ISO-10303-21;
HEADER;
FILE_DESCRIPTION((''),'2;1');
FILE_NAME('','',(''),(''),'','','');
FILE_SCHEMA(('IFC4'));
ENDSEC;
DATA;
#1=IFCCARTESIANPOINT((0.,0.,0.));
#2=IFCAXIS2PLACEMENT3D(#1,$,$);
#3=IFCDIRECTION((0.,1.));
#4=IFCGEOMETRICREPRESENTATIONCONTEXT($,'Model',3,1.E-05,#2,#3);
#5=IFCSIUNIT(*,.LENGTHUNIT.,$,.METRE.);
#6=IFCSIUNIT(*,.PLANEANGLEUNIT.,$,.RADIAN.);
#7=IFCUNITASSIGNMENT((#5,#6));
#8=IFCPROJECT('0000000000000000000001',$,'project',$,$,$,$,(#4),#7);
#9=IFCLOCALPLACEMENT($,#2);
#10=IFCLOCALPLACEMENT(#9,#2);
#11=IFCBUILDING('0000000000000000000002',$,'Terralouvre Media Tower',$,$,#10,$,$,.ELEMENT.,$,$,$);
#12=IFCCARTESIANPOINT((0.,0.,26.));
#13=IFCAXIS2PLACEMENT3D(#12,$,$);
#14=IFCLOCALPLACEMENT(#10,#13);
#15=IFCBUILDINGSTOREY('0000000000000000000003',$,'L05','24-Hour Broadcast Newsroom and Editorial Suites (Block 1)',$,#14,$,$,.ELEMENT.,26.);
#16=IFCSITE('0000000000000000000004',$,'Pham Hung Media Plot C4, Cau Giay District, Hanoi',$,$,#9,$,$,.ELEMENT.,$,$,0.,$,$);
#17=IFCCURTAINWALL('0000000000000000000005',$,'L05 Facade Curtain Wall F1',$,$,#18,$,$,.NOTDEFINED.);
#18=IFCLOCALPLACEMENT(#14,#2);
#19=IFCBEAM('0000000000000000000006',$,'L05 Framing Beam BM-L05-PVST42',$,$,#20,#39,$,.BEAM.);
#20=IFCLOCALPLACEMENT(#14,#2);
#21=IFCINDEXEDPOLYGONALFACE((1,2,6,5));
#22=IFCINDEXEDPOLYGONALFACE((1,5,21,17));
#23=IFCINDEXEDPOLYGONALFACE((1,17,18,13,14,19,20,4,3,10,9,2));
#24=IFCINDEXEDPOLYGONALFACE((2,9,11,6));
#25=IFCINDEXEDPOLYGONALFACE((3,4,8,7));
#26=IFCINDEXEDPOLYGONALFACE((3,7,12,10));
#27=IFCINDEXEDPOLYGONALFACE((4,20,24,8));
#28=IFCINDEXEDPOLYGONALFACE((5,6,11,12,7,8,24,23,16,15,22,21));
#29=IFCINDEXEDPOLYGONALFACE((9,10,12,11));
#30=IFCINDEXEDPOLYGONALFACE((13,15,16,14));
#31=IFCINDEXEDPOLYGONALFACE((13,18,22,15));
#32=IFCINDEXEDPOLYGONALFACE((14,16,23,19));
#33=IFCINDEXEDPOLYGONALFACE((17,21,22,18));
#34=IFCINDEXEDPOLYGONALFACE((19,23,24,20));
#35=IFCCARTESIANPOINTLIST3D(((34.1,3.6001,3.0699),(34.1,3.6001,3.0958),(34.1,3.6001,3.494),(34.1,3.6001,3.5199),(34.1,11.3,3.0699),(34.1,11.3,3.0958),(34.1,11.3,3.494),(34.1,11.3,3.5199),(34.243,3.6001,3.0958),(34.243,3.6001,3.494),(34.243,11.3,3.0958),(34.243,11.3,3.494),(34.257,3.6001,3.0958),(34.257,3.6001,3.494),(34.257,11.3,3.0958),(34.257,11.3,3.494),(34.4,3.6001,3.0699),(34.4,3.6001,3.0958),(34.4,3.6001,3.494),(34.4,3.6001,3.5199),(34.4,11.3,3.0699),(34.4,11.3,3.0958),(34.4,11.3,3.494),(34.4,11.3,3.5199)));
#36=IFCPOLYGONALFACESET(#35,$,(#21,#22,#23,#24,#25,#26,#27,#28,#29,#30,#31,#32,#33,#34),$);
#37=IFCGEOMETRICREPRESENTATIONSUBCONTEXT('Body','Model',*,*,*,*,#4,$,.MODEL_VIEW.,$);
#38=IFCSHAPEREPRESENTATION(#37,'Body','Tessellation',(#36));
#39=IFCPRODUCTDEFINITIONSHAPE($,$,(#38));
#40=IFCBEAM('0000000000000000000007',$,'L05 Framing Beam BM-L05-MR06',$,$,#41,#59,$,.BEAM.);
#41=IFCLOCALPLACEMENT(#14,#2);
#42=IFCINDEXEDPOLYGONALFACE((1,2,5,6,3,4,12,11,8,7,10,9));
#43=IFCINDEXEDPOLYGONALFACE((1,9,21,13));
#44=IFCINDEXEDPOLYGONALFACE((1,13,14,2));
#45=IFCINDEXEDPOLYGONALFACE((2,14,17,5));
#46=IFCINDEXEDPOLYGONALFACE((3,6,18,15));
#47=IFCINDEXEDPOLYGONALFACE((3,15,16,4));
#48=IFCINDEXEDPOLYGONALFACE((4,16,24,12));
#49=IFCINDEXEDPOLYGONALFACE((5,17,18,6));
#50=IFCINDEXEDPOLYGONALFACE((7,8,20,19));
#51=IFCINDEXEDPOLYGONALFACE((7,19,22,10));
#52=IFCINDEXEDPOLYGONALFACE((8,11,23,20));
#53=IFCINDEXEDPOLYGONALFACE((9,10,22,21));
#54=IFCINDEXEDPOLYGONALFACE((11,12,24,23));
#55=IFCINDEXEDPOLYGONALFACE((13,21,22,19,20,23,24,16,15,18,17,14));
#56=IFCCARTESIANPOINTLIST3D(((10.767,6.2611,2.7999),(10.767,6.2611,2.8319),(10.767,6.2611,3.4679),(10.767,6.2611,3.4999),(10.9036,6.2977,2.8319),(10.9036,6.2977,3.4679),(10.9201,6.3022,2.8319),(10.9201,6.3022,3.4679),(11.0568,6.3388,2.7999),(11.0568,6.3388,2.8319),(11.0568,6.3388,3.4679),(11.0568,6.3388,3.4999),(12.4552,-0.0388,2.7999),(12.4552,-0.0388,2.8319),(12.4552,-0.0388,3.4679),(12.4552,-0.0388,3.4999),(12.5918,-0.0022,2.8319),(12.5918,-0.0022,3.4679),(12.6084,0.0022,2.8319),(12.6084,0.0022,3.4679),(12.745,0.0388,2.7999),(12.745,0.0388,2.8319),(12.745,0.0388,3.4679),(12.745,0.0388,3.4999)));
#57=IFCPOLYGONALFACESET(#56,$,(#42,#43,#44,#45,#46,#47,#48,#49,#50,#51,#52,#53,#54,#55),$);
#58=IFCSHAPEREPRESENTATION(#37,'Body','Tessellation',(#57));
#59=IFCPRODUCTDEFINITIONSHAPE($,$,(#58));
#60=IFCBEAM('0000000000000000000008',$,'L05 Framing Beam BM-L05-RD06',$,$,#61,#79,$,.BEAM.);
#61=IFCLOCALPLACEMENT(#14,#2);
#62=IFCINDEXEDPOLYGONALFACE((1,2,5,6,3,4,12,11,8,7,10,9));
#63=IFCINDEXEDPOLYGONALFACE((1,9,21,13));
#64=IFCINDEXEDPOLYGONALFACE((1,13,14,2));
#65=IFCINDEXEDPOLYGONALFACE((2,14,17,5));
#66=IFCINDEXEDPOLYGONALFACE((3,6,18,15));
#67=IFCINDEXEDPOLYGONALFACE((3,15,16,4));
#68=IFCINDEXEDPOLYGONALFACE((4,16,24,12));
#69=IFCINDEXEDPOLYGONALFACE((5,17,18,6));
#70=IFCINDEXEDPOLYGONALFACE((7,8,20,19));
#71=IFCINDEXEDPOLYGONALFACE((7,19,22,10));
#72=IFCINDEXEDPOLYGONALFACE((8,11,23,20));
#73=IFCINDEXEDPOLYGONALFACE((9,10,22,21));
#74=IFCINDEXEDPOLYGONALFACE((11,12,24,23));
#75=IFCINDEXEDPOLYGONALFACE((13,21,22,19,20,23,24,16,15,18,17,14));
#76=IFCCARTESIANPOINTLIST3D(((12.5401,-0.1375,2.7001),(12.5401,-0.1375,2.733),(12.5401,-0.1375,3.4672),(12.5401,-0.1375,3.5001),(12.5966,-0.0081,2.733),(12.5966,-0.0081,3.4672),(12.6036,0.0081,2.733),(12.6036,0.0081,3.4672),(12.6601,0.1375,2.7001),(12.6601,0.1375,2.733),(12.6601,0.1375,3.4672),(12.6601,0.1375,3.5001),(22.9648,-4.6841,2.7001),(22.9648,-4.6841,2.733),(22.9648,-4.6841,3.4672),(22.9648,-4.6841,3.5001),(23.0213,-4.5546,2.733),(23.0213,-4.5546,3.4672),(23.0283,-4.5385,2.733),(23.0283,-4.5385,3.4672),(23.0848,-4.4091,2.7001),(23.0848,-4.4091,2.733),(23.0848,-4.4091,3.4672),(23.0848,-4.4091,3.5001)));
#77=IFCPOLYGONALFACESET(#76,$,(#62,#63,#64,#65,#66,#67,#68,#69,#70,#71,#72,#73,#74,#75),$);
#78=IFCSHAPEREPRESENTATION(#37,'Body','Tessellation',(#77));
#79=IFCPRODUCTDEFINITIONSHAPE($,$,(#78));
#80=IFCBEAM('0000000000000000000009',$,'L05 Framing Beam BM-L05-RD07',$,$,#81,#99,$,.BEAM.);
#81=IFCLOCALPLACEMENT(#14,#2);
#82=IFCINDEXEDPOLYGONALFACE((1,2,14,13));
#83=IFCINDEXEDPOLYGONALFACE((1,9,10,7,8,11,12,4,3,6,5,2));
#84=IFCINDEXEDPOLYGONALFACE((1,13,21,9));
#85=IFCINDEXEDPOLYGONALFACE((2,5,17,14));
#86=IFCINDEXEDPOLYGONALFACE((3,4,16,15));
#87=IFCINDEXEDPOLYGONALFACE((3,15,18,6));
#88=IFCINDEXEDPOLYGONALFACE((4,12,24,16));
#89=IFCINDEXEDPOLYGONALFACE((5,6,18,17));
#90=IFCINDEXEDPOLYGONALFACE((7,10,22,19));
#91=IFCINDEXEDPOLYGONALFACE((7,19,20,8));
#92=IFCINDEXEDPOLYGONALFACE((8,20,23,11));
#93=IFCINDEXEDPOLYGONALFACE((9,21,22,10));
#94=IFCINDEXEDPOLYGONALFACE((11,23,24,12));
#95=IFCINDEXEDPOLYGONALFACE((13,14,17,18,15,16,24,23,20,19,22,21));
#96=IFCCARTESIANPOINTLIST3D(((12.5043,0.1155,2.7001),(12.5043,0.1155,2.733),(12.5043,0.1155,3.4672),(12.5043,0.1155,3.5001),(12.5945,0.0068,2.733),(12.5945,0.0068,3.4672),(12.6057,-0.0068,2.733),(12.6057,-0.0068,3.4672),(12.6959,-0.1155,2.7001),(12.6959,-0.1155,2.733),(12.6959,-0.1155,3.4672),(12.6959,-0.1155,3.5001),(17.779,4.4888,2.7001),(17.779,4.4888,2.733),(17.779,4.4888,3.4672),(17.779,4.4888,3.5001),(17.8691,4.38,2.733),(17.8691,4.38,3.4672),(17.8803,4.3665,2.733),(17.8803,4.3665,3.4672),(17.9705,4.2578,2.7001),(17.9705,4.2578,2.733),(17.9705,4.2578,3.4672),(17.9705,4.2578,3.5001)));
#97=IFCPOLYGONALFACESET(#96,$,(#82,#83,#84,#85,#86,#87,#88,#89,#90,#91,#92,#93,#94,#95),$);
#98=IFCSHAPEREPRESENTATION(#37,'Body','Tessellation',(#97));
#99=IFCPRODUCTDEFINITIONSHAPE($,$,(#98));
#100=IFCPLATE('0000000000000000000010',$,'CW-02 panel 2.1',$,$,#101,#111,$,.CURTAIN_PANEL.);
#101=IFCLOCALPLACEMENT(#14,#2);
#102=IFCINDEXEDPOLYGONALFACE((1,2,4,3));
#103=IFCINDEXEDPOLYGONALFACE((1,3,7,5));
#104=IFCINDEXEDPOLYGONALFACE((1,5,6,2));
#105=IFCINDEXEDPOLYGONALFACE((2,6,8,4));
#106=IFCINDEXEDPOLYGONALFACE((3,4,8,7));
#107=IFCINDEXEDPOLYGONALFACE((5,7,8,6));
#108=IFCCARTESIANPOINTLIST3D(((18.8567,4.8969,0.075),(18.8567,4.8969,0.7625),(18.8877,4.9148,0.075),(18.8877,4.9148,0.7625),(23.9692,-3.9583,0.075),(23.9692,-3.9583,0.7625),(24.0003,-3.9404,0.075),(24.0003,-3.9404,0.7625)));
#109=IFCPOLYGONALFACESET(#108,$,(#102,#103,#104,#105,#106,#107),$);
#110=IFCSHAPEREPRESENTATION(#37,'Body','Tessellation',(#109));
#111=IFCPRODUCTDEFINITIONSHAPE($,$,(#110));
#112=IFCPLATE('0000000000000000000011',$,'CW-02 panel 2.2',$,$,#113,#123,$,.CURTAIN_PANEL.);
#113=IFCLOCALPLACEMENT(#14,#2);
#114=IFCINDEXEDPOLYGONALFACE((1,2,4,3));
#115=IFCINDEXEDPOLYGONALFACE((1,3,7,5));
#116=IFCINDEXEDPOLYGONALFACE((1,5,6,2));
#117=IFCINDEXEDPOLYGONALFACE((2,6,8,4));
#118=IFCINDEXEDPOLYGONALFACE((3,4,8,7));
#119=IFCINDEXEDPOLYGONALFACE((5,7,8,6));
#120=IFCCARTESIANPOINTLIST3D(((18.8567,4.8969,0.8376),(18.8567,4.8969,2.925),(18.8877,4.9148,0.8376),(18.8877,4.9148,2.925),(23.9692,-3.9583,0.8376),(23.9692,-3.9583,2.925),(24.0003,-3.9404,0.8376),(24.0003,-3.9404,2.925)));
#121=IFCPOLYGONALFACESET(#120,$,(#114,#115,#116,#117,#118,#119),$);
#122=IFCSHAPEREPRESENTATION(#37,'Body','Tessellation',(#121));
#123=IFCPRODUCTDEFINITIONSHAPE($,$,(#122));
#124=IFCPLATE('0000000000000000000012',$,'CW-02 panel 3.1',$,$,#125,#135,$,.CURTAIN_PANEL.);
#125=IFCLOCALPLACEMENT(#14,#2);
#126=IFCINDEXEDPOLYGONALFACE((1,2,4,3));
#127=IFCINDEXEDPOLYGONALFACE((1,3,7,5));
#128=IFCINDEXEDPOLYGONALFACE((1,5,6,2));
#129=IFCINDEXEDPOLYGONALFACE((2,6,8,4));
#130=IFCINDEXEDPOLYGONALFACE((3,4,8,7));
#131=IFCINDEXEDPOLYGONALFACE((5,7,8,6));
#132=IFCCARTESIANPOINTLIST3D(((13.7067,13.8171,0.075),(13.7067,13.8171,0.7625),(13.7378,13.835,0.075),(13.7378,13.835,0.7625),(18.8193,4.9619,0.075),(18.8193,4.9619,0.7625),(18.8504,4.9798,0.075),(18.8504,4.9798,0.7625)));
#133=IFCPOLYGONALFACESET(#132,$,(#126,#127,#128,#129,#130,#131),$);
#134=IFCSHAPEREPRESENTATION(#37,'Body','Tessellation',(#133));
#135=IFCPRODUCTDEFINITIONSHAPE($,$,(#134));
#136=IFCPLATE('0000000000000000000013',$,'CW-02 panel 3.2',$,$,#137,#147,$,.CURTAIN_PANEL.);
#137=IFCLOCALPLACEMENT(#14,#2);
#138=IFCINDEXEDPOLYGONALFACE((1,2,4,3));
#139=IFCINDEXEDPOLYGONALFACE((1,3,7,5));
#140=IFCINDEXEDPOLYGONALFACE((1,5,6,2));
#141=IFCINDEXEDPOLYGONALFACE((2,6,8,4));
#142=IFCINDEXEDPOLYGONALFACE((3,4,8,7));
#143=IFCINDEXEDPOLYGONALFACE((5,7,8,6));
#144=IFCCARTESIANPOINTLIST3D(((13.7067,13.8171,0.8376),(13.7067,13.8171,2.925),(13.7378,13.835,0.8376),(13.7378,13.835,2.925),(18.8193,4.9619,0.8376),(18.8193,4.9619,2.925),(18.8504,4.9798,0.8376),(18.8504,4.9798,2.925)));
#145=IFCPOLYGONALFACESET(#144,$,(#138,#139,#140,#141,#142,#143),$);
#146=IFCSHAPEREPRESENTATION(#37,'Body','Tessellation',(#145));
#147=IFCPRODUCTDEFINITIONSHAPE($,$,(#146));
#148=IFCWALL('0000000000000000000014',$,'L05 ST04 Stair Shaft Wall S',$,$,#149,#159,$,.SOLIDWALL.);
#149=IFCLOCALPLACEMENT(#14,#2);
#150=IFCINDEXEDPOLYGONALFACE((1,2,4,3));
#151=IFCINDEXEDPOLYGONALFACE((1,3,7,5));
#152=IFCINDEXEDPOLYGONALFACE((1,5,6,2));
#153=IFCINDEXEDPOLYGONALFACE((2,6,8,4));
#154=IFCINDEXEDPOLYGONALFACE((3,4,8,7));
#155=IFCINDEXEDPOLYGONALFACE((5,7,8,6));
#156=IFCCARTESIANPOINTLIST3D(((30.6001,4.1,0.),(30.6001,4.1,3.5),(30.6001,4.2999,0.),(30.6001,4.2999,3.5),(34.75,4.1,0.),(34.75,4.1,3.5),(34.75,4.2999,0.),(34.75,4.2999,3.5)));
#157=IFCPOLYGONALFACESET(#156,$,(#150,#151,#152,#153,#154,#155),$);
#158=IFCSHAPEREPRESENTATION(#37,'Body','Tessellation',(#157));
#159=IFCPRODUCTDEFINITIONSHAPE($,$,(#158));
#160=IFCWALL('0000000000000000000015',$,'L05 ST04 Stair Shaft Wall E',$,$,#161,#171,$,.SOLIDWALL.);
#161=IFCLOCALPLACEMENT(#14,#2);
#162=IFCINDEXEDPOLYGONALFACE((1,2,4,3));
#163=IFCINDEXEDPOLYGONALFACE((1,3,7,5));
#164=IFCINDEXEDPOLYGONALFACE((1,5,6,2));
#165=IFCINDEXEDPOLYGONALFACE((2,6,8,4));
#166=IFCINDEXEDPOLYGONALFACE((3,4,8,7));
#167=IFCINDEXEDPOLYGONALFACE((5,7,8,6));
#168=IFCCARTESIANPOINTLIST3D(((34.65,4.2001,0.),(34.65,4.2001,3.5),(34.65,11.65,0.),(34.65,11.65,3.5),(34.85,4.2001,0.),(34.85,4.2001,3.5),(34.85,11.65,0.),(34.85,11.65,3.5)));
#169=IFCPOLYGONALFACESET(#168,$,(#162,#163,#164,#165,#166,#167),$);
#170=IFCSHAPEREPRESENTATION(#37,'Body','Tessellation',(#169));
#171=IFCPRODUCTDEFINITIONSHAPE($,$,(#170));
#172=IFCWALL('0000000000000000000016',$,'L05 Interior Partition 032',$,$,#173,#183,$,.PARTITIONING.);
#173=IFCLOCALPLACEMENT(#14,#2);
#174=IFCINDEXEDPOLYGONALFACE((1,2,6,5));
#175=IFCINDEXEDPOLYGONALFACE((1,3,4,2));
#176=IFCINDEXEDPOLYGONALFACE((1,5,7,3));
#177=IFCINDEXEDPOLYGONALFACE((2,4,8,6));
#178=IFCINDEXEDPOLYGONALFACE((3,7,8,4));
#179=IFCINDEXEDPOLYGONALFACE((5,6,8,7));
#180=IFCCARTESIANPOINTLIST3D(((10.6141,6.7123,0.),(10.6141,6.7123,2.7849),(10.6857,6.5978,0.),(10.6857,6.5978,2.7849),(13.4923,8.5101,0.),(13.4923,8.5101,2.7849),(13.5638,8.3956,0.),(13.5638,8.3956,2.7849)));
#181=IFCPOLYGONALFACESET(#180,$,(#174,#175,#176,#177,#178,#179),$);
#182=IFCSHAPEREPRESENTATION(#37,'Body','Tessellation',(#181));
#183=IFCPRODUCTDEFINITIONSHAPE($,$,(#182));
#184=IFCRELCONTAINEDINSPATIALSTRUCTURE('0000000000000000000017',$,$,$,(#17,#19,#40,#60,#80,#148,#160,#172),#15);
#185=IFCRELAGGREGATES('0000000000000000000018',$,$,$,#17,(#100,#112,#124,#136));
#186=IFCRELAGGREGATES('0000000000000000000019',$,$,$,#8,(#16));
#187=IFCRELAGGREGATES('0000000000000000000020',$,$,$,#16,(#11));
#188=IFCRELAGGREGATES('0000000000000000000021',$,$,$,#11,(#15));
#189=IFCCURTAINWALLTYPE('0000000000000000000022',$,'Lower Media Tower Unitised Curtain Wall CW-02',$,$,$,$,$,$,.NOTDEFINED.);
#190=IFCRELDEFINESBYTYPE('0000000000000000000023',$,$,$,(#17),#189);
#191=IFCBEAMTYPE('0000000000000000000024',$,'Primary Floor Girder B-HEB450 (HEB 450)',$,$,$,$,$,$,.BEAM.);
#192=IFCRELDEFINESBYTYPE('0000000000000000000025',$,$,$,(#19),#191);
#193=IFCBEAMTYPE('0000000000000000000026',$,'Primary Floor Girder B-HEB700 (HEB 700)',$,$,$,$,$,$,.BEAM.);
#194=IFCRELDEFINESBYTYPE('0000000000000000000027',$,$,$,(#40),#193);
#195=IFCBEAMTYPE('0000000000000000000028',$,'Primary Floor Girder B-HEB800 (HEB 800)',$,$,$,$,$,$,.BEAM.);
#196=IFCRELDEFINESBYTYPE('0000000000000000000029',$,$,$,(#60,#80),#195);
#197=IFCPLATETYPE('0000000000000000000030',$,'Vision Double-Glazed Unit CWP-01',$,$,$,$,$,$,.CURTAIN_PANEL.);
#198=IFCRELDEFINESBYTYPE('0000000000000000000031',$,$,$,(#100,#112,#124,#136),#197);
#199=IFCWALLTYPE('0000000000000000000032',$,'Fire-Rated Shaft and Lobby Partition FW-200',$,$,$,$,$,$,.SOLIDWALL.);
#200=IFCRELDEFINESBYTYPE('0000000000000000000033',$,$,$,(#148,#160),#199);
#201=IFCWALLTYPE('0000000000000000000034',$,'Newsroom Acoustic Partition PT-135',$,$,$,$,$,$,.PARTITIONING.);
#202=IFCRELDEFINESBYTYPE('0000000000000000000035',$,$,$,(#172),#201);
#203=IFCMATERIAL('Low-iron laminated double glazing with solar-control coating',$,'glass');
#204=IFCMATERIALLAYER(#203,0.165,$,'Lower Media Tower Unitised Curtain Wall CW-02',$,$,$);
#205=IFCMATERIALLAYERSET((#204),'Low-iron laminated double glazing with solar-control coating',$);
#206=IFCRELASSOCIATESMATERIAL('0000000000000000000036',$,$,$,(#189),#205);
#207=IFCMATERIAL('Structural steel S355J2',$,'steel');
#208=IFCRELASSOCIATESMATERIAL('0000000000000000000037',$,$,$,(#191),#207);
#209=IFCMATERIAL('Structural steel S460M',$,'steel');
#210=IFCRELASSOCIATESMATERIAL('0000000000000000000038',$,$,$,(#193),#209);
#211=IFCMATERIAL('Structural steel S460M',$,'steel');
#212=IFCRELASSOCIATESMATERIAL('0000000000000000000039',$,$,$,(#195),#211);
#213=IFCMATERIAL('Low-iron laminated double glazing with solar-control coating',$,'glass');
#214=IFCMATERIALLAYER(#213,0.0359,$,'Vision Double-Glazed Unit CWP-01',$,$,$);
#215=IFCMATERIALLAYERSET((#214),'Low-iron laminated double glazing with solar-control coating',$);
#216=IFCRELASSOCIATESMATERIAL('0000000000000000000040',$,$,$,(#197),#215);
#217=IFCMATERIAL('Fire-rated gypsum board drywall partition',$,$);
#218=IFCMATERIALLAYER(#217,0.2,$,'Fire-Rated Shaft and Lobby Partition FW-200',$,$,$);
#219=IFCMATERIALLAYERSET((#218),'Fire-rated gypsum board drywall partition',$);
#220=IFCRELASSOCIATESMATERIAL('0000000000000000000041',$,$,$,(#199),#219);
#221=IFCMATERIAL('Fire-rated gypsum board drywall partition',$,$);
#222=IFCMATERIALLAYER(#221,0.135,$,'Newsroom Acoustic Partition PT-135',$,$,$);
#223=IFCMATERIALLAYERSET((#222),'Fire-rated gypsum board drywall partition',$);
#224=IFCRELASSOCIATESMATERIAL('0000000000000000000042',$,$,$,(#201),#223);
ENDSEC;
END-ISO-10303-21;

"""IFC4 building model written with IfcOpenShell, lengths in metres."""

from ifc_helpers import new_model, si_unit, direction, frame, frame_2d, origin, origin_2d, place, context, subcontext, project, spatial, rectangle, i_section, extrude, material, layer, layer_set, material_profile, profile_set, type_object, element, aggregate, save


model = new_model("IFC4")

# Units and contexts
model_context = context("Model", 3, precision=1e-05, world=origin(), true_north=direction((0.0, 1.0)))
body_context = subcontext(model_context, "Body", "Model", "MODEL_VIEW")
ifc_project = project(units=[si_unit("LENGTHUNIT", "METRE"), si_unit("PLANEANGLEUNIT", "RADIAN")], contexts=[model_context])

# Site, building, storey
site_placement = place(None, origin())
site = spatial("IfcSite", under=ifc_project, at=site_placement, Name="Pham Hung Media Plot C4, Cau Giay District, Hanoi", CompositionType="ELEMENT", RefElevation=0.0)
building_placement = place(site_placement, origin())
building = spatial("IfcBuilding", under=site, at=building_placement, Name="Terralouvre Media Tower", CompositionType="ELEMENT")
storey_placement = place(building_placement, frame((0.0, 0.0, 26.0)))
storey = spatial("IfcBuildingStorey", under=building, at=storey_placement, Name="L05", Description="24-Hour Broadcast Newsroom and Editorial Suites (Block 1)", CompositionType="ELEMENT", Elevation=26.0)

# Curtain wall
ifc_material_1 = material(Name="Low-iron laminated double glazing with solar-control coating", Category="glass")
ifc_layer_1 = layer(ifc_material_1, 0.165, Name="Lower Media Tower Unitised Curtain Wall CW-02")
ifc_layer_set_1 = layer_set([ifc_layer_1], Name="Low-iron laminated double glazing with solar-control coating")
curtain_wall_type = type_object("IfcCurtainWallType", Name="Lower Media Tower Unitised Curtain Wall CW-02", PredefinedType="NOTDEFINED", material=ifc_layer_set_1)
curtain_wall_placement = place(storey_placement, origin())
curtain_wall = element("IfcCurtainWall", 1, at=curtain_wall_placement, inside=storey, type_object=curtain_wall_type, Name="L05 Facade Curtain Wall F1", PredefinedType="NOTDEFINED")

# Beams
ifc_material_2 = material(Name="Structural steel S355J2", Category="steel")
ifc_material_profile_1 = material_profile(ifc_material_2, i_section(OverallWidth=0.3, OverallDepth=0.45, WebThickness=0.0139, FlangeThickness=0.0259, at=origin_2d()), Name="HEB 450")
ifc_profile_set_1 = profile_set([ifc_material_profile_1], Name="Structural steel S355J2")
beam_type_1 = type_object("IfcBeamType", Name="Primary Floor Girder B-HEB450 (HEB 450)", PredefinedType="BEAM", material=ifc_profile_set_1)
beam_1_placement = place(storey_placement, frame((34.25, 3.6001, 3.2949), z_axis=(0.0, 1.0, 0.0), x_axis=(-1.0, 0.0, 0.0)))
element("IfcBeam", 2, at=beam_1_placement, inside=storey, type_object=beam_type_1, Name="L05 Framing Beam BM-L05-PVST42", PredefinedType="BEAM", context=body_context, shape_type="SweptSolid", body=[
    extrude(i_section(OverallWidth=0.3, OverallDepth=0.45, WebThickness=0.0139, FlangeThickness=0.0259, at=origin_2d()), origin(), (0.0, 0.0, 1.0), 7.7),
])
ifc_material_3 = material(Name="Structural steel S460M", Category="steel")
ifc_material_profile_2 = material_profile(ifc_material_3, i_section(OverallWidth=0.3, OverallDepth=0.7, WebThickness=0.0171, FlangeThickness=0.032, at=origin_2d()), Name="HEB 700")
ifc_profile_set_2 = profile_set([ifc_material_profile_2], Name="Structural steel S460M")
beam_type_2 = type_object("IfcBeamType", Name="Primary Floor Girder B-HEB700 (HEB 700)", PredefinedType="BEAM", material=ifc_profile_set_2)
beam_2_placement = place(storey_placement, frame((12.6001, 0.0, 3.1499), z_axis=(-0.258839, 0.96592, 0.0), x_axis=(-0.96592, -0.258839, 0.0)))
element("IfcBeam", 3, at=beam_2_placement, inside=storey, type_object=beam_type_2, Name="L05 Framing Beam BM-L05-MR06", PredefinedType="BEAM", context=body_context, shape_type="SweptSolid", body=[
    extrude(i_section(OverallWidth=0.3, OverallDepth=0.7, WebThickness=0.0171, FlangeThickness=0.032, at=origin_2d()), origin(), (0.0, 0.0, 1.0), 6.5222),
])
ifc_material_4 = material(Name="Structural steel S460M", Category="steel")
ifc_material_profile_3 = material_profile(ifc_material_4, i_section(OverallWidth=0.3, OverallDepth=0.8, WebThickness=0.0176, FlangeThickness=0.033, at=origin_2d()), Name="HEB 800")
ifc_profile_set_3 = profile_set([ifc_material_profile_3], Name="Structural steel S460M")
beam_type_3 = type_object("IfcBeamType", Name="Primary Floor Girder B-HEB800 (HEB 800)", PredefinedType="BEAM", material=ifc_profile_set_3)
beam_3_placement = place(storey_placement, frame((12.6001, 0.0, 3.1001), z_axis=(0.916616, -0.399769, 0.0), x_axis=(0.399769, 0.916616, 0.0)))
element("IfcBeam", 4, at=beam_3_placement, inside=storey, type_object=beam_type_3, Name="L05 Framing Beam BM-L05-RD06", PredefinedType="BEAM", context=body_context, shape_type="SweptSolid", body=[
    extrude(i_section(OverallWidth=0.3, OverallDepth=0.8, WebThickness=0.0176, FlangeThickness=0.033, at=origin_2d()), origin(), (0.0, 0.0, 1.0), 11.373),
])
beam_4_placement = place(storey_placement, frame((12.6001, 0.0, 3.1001), z_axis=(0.769816, 0.638265, 0.0), x_axis=(-0.638265, 0.769816, 0.0)))
element("IfcBeam", 5, at=beam_4_placement, inside=storey, type_object=beam_type_3, Name="L05 Framing Beam BM-L05-RD07", PredefinedType="BEAM", context=body_context, shape_type="SweptSolid", body=[
    extrude(i_section(OverallWidth=0.3, OverallDepth=0.8, WebThickness=0.0176, FlangeThickness=0.033, at=origin_2d()), origin(), (0.0, 0.0, 1.0), 6.8518),
])

# Plates
ifc_material_5 = material(Name="Low-iron laminated double glazing with solar-control coating", Category="glass")
ifc_layer_2 = layer(ifc_material_5, 0.0359, Name="Vision Double-Glazed Unit CWP-01")
ifc_layer_set_2 = layer_set([ifc_layer_2], Name="Low-iron laminated double glazing with solar-control coating")
plate_type = type_object("IfcPlateType", Name="Vision Double-Glazed Unit CWP-01", PredefinedType="CURTAIN_PANEL", material=ifc_layer_set_2)
plate_1_placement = place(storey_placement, frame((21.4285, 0.4783, 0.075), z_axis=(0.0, 0.0, 1.0), x_axis=(-0.5, 0.866025, 0.0)))
plate_1 = element("IfcPlate", 6, at=plate_1_placement, type_object=plate_type, Name="CW-02 panel 2.1", PredefinedType="CURTAIN_PANEL", context=body_context, shape_type="SweptSolid", body=[
    extrude(rectangle(XDim=10.2251, YDim=0.0359, at=origin_2d()), origin(), (0.0, 0.0, 1.0), 0.6875),
])
plate_2_placement = place(storey_placement, frame((21.4285, 0.4783, 0.8376), z_axis=(0.0, 0.0, 1.0), x_axis=(-0.5, 0.866025, 0.0)))
plate_2 = element("IfcPlate", 7, at=plate_2_placement, type_object=plate_type, Name="CW-02 panel 2.2", PredefinedType="CURTAIN_PANEL", context=body_context, shape_type="SweptSolid", body=[
    extrude(rectangle(XDim=10.2251, YDim=0.0359, at=origin_2d()), origin(), (0.0, 0.0, 1.0), 2.0874),
])
plate_3_placement = place(storey_placement, frame((16.2786, 9.3984, 0.075), z_axis=(0.0, 0.0, 1.0), x_axis=(-0.5, 0.866025, 0.0)))
plate_3 = element("IfcPlate", 8, at=plate_3_placement, type_object=plate_type, Name="CW-02 panel 3.1", PredefinedType="CURTAIN_PANEL", context=body_context, shape_type="SweptSolid", body=[
    extrude(rectangle(XDim=10.2251, YDim=0.0359, at=origin_2d()), origin(), (0.0, 0.0, 1.0), 0.6875),
])
plate_4_placement = place(storey_placement, frame((16.2786, 9.3984, 0.8376), z_axis=(0.0, 0.0, 1.0), x_axis=(-0.5, 0.866025, 0.0)))
plate_4 = element("IfcPlate", 9, at=plate_4_placement, type_object=plate_type, Name="CW-02 panel 3.2", PredefinedType="CURTAIN_PANEL", context=body_context, shape_type="SweptSolid", body=[
    extrude(rectangle(XDim=10.2251, YDim=0.0359, at=origin_2d()), origin(), (0.0, 0.0, 1.0), 2.0874),
])
aggregate(curtain_wall, [plate_1, plate_2, plate_3, plate_4])

# Walls
ifc_material_6 = material(Name="Fire-rated gypsum board drywall partition")
ifc_layer_3 = layer(ifc_material_6, 0.2, Name="Fire-Rated Shaft and Lobby Partition FW-200")
ifc_layer_set_3 = layer_set([ifc_layer_3], Name="Fire-rated gypsum board drywall partition")
wall_type_1 = type_object("IfcWallType", Name="Fire-Rated Shaft and Lobby Partition FW-200", PredefinedType="SOLIDWALL", material=ifc_layer_set_3)
wall_1_placement = place(storey_placement, frame((30.6001, 4.2, 0.0), z_axis=(0.0, 0.0, 1.0), x_axis=(1.0, 0.0, 0.0)))
element("IfcWall", 10, at=wall_1_placement, inside=storey, type_object=wall_type_1, Name="L05 ST04 Stair Shaft Wall S", PredefinedType="SOLIDWALL", context=body_context, shape_type="SweptSolid", body=[
    extrude(rectangle(XDim=4.1499, YDim=0.2, at=frame_2d((2.075, 0.0))), origin(), (0.0, 0.0, 1.0), 3.5),
])
wall_2_placement = place(storey_placement, frame((34.75, 4.2, 0.0), z_axis=(0.0, 0.0, 1.0), x_axis=(0.0, 1.0, 0.0)))
element("IfcWall", 11, at=wall_2_placement, inside=storey, type_object=wall_type_1, Name="L05 ST04 Stair Shaft Wall E", PredefinedType="SOLIDWALL", context=body_context, shape_type="SweptSolid", body=[
    extrude(rectangle(XDim=7.45, YDim=0.2, at=frame_2d((3.7251, 0.0))), origin(), (0.0, 0.0, 1.0), 3.5),
])
ifc_material_7 = material(Name="Fire-rated gypsum board drywall partition")
ifc_layer_4 = layer(ifc_material_7, 0.135, Name="Newsroom Acoustic Partition PT-135")
ifc_layer_set_4 = layer_set([ifc_layer_4], Name="Fire-rated gypsum board drywall partition")
wall_type_2 = type_object("IfcWallType", Name="Newsroom Acoustic Partition PT-135", PredefinedType="PARTITIONING", material=ifc_layer_set_4)
wall_3_placement = place(storey_placement, frame((13.5281, 8.4529, 0.0), z_axis=(0.0, 0.0, 1.0), x_axis=(-0.848132, -0.529786, 0.0)))
element("IfcWall", 12, at=wall_3_placement, inside=storey, type_object=wall_type_2, Name="L05 Interior Partition 032", PredefinedType="PARTITIONING", context=body_context, shape_type="SweptSolid", body=[
    extrude(rectangle(XDim=3.3936, YDim=0.135, at=frame_2d((1.6968, 0.0))), origin(), (0.0, 0.0, 1.0), 2.7849),
])

save(model, "model.ifc")
